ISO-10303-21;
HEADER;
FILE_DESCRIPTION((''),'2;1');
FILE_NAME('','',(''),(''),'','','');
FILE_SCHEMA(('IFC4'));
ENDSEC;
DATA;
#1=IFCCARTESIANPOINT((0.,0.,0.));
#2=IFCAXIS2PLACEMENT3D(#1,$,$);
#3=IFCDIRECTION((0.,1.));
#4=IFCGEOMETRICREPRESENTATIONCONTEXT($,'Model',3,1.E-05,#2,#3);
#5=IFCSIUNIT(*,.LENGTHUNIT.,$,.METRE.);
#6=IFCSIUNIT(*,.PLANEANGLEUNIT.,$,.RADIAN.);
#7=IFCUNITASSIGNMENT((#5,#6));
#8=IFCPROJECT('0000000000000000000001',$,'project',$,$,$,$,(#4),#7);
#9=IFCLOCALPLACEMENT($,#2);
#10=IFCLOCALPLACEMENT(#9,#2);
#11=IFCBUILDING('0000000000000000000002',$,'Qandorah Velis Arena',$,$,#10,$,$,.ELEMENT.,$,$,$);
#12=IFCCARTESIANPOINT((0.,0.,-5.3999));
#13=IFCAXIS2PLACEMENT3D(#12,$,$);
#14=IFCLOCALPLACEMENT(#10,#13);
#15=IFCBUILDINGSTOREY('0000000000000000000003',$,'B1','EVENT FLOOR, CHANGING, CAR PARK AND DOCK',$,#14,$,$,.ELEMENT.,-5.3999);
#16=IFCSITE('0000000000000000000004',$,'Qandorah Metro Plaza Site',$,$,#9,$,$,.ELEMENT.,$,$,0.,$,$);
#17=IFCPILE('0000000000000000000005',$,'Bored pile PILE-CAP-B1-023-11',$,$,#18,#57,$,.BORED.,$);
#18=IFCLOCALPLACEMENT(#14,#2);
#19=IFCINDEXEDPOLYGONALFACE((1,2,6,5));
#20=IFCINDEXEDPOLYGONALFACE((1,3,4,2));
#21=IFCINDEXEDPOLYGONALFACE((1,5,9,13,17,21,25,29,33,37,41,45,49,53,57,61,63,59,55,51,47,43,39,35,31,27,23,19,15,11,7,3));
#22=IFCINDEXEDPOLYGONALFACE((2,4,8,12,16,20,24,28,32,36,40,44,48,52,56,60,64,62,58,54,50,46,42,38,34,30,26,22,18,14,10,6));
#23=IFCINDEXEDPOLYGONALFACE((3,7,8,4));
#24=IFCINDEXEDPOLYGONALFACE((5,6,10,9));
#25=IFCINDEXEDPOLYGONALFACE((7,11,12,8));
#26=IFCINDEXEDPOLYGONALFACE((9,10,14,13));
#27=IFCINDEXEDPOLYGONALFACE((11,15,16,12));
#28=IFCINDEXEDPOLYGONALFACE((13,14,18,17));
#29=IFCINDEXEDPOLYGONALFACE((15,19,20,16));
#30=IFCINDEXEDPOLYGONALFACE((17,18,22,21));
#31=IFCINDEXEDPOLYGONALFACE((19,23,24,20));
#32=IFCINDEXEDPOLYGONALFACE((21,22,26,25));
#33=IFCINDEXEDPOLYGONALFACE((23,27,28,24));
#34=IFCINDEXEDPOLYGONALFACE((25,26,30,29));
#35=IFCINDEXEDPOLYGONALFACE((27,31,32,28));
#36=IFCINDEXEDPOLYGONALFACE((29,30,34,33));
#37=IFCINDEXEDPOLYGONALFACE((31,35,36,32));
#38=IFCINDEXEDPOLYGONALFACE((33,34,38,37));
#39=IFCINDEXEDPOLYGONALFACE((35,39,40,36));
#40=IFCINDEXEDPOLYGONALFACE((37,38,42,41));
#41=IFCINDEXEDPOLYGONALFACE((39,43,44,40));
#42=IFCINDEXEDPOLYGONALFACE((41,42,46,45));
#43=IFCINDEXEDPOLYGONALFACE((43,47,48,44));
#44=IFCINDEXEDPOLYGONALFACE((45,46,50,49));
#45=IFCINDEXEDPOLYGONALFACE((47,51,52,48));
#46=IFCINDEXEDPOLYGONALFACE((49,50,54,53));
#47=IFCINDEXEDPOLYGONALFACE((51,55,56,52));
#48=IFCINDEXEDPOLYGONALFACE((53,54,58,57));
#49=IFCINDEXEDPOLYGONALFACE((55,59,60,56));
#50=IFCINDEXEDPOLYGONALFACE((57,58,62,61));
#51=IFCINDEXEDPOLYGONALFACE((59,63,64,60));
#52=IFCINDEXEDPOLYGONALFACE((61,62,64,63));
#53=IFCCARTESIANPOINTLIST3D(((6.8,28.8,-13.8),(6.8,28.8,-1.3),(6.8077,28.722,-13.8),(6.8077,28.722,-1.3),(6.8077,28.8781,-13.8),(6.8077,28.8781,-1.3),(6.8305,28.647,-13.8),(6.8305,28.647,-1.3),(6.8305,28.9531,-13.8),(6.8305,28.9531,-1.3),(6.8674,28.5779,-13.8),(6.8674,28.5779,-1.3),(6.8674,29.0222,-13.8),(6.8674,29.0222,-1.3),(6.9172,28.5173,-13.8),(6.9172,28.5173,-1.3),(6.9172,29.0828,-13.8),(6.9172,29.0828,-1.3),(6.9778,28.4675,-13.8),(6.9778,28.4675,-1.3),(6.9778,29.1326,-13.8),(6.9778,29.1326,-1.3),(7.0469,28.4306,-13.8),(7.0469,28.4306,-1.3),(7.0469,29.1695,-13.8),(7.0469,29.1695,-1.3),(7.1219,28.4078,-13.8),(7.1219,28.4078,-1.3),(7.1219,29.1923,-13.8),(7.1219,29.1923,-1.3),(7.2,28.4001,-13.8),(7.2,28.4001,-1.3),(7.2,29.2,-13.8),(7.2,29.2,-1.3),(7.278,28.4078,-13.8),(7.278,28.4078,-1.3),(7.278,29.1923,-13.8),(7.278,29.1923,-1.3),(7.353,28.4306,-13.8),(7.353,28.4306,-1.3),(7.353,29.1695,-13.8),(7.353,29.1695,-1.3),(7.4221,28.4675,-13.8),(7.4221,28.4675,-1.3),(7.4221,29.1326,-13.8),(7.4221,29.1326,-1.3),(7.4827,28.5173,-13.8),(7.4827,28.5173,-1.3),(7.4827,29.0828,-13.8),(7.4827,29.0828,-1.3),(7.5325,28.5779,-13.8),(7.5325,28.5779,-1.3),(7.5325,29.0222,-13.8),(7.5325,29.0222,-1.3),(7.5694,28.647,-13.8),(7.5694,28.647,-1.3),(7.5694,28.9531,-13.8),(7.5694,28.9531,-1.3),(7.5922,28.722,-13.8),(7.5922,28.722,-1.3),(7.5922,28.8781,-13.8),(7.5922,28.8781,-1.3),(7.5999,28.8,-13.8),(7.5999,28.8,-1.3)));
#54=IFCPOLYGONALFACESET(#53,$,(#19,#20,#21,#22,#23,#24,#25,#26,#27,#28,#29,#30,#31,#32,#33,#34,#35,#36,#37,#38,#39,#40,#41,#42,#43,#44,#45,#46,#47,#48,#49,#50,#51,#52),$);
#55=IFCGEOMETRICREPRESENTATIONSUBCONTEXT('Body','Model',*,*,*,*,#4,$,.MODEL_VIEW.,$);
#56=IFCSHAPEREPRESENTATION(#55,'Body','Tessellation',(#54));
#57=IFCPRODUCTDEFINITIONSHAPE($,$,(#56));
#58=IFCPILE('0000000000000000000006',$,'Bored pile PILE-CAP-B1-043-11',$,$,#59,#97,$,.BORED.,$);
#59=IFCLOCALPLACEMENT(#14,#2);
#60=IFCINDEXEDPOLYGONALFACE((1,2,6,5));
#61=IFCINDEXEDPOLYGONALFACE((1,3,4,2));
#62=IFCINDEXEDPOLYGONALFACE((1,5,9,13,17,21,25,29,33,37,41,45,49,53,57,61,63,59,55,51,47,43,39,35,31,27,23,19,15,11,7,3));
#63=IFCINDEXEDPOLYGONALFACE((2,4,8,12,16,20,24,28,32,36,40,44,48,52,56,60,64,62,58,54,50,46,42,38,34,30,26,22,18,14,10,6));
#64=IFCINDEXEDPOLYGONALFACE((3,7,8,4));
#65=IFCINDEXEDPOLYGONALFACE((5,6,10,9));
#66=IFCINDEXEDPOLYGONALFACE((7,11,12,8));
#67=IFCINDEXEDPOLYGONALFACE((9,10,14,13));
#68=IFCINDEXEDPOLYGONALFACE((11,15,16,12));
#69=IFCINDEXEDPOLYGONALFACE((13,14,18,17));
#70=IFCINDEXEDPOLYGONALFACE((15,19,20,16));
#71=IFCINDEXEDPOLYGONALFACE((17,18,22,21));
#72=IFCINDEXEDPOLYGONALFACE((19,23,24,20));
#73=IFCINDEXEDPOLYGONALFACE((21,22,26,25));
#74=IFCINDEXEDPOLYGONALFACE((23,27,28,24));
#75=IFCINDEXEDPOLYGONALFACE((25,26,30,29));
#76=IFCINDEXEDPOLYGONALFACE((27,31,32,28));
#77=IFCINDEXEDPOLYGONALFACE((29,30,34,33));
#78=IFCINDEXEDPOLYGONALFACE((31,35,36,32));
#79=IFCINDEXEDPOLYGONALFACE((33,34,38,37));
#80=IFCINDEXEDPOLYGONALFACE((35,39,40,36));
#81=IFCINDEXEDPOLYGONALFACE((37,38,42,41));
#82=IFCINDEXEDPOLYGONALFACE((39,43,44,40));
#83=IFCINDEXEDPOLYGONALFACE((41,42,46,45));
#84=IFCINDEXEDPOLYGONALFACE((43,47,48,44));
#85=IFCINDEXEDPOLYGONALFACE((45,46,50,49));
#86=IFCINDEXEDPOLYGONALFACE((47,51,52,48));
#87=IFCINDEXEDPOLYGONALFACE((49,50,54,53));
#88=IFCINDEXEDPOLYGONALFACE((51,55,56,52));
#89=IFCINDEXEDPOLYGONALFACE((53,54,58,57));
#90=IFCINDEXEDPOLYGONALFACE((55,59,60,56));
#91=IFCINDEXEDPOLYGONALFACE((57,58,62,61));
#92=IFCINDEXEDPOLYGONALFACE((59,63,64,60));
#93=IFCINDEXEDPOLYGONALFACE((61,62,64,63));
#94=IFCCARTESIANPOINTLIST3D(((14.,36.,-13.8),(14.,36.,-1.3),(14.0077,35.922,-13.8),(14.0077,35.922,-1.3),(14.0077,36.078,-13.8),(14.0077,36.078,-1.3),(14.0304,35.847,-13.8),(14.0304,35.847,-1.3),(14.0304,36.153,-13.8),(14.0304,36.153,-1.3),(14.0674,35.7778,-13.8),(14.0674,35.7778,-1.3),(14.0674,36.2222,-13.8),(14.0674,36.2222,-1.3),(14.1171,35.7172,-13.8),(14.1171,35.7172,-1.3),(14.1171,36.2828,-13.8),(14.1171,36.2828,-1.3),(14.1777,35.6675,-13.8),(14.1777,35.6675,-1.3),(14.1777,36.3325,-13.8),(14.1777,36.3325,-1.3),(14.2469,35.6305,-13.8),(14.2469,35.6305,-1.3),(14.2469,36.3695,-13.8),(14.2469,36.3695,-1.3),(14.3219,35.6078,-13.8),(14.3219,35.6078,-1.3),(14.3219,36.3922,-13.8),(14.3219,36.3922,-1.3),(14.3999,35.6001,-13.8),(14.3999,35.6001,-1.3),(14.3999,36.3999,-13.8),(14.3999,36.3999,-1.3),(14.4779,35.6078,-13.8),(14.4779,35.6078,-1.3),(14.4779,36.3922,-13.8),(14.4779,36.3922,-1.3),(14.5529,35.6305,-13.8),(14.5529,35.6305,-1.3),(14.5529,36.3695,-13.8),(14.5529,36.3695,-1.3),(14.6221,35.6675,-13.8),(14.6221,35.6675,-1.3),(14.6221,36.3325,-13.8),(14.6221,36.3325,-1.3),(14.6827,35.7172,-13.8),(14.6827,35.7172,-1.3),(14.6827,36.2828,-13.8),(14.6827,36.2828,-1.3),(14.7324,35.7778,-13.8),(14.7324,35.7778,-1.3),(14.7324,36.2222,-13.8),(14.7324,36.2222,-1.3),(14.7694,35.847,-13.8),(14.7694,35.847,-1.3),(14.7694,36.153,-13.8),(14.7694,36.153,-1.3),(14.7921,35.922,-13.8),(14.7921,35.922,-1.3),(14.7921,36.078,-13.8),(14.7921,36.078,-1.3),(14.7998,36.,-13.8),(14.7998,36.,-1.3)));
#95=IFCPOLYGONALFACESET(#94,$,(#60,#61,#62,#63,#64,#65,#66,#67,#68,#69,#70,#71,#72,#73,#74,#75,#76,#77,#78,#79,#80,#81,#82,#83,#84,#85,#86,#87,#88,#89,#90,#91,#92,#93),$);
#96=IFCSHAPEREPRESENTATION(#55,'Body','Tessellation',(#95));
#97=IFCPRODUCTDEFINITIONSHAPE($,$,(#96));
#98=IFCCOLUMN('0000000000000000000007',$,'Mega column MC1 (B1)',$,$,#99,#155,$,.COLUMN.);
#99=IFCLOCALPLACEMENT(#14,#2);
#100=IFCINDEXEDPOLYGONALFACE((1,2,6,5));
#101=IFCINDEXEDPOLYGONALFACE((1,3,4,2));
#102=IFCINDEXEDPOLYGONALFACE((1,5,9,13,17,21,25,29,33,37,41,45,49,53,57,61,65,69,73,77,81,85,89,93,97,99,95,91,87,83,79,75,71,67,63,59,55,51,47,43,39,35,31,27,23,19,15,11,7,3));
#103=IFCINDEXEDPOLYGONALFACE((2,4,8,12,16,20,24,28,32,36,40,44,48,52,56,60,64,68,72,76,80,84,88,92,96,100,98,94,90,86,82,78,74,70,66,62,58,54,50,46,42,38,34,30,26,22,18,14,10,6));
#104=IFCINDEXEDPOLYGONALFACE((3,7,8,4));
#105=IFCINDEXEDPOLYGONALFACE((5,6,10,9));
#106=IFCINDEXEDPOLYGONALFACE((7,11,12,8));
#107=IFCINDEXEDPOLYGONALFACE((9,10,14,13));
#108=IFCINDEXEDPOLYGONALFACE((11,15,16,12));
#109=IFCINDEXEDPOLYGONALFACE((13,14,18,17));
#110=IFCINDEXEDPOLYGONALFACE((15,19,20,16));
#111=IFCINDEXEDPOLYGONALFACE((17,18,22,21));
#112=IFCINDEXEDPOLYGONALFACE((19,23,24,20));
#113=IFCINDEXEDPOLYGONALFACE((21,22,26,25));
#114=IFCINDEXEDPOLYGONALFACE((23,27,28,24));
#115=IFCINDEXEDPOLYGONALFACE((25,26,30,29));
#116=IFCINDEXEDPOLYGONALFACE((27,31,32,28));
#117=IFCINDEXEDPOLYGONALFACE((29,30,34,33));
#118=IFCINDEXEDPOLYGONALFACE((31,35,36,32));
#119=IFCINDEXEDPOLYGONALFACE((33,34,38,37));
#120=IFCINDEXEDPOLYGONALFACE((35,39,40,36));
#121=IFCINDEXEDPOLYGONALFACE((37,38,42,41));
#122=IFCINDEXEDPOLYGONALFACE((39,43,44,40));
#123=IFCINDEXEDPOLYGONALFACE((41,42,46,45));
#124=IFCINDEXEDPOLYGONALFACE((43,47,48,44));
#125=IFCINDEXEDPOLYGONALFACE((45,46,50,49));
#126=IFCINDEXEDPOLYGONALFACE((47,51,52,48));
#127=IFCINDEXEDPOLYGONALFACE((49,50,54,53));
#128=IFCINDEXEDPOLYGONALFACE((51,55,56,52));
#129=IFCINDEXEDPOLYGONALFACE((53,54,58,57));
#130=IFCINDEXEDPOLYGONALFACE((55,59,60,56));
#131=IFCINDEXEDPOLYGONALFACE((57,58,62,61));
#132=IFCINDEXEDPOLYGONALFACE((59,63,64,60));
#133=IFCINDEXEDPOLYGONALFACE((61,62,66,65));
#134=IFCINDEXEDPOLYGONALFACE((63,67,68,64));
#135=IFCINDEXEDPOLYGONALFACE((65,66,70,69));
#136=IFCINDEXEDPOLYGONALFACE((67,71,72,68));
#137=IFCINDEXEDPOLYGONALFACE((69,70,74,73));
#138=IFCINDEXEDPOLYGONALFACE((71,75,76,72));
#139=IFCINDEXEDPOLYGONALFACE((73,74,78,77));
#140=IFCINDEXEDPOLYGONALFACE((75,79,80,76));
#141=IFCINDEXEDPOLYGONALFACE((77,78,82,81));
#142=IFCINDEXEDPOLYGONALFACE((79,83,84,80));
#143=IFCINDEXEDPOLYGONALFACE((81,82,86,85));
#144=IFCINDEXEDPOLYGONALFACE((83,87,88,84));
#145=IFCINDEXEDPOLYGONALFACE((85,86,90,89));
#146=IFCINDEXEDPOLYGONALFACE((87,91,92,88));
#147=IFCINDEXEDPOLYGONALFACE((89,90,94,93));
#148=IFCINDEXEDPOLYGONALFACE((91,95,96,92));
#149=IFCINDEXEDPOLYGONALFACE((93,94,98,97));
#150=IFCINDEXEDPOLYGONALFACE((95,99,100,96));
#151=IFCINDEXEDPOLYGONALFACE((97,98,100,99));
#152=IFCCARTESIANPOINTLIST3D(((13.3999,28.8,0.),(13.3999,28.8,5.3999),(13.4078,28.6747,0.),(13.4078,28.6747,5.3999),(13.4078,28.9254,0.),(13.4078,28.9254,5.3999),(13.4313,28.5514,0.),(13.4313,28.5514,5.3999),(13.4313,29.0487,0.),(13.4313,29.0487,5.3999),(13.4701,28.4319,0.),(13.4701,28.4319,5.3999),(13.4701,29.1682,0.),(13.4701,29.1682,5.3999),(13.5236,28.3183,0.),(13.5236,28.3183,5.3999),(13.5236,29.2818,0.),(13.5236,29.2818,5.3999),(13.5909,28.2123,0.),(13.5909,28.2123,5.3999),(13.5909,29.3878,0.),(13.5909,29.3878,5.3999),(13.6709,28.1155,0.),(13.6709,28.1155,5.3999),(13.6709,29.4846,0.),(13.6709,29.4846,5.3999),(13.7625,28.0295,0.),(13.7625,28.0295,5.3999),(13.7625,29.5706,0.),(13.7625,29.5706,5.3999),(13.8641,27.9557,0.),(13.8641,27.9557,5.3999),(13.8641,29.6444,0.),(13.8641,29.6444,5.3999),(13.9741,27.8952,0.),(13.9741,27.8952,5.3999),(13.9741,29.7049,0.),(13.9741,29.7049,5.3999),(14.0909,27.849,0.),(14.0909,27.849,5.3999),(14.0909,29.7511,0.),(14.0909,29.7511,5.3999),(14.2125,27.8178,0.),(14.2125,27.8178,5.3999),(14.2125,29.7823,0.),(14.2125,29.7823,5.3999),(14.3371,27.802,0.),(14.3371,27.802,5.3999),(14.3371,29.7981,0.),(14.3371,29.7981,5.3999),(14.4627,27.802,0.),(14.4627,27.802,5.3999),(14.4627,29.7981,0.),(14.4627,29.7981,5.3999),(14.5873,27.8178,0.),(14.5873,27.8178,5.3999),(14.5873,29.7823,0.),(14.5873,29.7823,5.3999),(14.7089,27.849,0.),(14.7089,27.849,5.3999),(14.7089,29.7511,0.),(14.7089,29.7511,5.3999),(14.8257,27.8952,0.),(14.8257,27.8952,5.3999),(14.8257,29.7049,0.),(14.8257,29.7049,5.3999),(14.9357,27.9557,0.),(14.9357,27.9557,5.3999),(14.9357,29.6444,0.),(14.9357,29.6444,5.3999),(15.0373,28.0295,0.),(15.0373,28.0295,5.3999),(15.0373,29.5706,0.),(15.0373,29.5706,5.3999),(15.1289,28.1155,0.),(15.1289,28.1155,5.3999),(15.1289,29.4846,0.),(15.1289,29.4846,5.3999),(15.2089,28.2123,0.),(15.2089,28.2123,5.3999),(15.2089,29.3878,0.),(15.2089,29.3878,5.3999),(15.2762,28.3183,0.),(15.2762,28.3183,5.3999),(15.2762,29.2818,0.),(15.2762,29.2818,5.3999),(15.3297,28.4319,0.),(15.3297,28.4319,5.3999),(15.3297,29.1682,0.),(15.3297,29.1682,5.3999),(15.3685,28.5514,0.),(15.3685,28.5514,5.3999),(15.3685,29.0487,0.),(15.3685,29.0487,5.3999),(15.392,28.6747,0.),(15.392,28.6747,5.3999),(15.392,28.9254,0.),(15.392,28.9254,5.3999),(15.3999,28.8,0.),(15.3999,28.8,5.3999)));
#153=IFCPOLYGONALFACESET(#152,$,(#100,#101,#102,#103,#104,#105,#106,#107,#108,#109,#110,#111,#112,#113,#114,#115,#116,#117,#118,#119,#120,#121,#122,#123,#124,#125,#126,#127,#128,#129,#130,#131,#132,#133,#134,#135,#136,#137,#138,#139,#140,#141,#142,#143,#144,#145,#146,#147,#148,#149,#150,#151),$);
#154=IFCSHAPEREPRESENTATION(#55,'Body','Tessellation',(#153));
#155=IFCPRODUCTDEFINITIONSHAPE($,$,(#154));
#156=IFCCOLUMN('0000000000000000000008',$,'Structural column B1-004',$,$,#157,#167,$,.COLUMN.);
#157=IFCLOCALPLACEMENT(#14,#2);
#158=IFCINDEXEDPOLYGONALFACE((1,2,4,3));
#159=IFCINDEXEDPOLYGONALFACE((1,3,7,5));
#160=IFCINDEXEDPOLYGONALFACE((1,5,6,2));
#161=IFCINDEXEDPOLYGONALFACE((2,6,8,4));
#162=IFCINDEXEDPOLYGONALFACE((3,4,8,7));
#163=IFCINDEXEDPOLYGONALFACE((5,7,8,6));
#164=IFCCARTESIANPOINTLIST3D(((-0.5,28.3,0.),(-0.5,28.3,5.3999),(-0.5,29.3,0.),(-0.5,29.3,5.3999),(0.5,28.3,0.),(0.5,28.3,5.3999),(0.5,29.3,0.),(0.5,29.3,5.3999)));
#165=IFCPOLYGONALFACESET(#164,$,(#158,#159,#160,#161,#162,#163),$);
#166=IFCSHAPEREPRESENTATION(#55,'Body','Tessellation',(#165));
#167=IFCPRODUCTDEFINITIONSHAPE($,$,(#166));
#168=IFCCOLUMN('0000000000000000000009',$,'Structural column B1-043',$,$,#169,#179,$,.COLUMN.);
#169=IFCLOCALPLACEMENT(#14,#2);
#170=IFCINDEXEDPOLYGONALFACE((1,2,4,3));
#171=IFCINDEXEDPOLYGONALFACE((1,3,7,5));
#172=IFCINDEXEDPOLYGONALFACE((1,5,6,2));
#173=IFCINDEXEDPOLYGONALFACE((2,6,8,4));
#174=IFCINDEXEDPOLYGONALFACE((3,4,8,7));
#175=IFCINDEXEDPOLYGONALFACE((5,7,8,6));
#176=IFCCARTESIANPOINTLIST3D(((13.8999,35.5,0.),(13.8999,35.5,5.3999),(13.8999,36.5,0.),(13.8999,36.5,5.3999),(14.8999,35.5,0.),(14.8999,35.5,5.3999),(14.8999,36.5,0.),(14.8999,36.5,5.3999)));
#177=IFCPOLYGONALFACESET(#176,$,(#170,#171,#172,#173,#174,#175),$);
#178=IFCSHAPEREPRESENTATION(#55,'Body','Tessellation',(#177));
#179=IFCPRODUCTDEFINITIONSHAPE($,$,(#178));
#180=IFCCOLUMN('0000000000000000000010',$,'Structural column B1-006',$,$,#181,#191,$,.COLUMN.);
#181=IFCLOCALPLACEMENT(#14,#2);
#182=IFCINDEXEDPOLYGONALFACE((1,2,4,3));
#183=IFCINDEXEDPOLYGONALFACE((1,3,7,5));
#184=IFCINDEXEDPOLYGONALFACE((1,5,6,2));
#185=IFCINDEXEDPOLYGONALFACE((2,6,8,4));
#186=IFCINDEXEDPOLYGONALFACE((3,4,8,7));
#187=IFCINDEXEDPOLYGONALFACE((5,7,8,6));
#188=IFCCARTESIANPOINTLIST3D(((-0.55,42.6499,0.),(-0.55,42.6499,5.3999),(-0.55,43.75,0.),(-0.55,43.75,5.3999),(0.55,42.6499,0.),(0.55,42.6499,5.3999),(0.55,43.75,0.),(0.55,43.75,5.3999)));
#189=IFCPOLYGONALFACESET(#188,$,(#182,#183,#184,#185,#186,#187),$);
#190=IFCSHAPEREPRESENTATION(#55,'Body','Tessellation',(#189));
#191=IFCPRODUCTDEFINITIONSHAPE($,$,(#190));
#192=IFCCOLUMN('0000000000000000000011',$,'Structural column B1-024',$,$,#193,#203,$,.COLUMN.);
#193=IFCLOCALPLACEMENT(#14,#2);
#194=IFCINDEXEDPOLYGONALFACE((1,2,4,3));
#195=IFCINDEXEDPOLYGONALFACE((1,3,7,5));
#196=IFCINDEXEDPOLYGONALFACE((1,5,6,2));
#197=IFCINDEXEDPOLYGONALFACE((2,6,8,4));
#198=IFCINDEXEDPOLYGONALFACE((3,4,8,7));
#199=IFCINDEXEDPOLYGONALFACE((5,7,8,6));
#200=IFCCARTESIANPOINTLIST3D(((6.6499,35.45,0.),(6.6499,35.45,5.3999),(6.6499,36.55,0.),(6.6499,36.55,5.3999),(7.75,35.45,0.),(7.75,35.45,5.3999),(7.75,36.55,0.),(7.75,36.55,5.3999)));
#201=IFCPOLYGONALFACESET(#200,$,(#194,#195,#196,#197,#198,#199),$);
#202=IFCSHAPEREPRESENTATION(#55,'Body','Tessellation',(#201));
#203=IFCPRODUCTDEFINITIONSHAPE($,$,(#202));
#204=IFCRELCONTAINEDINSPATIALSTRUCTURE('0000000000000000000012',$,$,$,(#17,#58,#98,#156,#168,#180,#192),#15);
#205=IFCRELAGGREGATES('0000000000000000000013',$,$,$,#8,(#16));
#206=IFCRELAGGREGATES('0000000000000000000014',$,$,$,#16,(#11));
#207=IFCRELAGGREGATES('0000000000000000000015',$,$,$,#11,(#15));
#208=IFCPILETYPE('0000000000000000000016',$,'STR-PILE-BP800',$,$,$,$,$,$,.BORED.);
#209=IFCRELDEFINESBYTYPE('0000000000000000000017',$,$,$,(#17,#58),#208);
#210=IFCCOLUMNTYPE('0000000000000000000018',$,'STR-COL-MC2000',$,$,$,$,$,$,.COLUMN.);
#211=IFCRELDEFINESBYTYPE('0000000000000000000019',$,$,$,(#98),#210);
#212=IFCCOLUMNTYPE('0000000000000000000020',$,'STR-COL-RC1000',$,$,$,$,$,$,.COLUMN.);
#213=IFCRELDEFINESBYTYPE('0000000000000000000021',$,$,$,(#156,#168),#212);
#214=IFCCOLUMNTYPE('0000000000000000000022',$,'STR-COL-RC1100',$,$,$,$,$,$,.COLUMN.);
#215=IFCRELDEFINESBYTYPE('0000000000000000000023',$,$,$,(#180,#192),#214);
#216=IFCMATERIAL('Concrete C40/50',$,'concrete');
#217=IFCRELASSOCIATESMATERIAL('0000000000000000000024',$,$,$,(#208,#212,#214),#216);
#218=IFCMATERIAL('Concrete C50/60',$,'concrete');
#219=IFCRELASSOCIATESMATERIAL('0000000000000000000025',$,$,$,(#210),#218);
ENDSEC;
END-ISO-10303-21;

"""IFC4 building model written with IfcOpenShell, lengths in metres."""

from ifc_helpers import new_model, si_unit, direction, frame, origin, origin_2d, place, context, subcontext, project, spatial, rectangle, circle, extrude, material, material_profile, profile_set, type_object, element, save


model = new_model("IFC4")

# Units and contexts
model_context = context("Model", 3, precision=1e-05, world=origin(), true_north=direction((0.0, 1.0)))
body_context = subcontext(model_context, "Body", "Model", "MODEL_VIEW")
ifc_project = project(units=[si_unit("LENGTHUNIT", "METRE"), si_unit("PLANEANGLEUNIT", "RADIAN")], contexts=[model_context])

# Site, building, storey
site_placement = place(None, origin())
site = spatial("IfcSite", under=ifc_project, at=site_placement, Name="Qandorah Metro Plaza Site", CompositionType="ELEMENT", RefElevation=0.0)
building_placement = place(site_placement, origin())
building = spatial("IfcBuilding", under=site, at=building_placement, Name="Qandorah Velis Arena", CompositionType="ELEMENT")
storey_placement = place(building_placement, frame((0.0, 0.0, -5.3999)))
storey = spatial("IfcBuildingStorey", under=building, at=storey_placement, Name="B1", Description="EVENT FLOOR, CHANGING, CAR PARK AND DOCK", CompositionType="ELEMENT", Elevation=-5.3999)

# Shared definitions
ifc_material_1 = material(Name="Concrete C40/50", Category="concrete")

# Piles
ifc_material_profile_1 = material_profile(ifc_material_1, circle(Radius=0.3999, at=origin_2d()), Name="BORED PILE D800")
ifc_profile_set_1 = profile_set([ifc_material_profile_1], Name="Concrete C40/50")
pile_type_1 = type_object("IfcPileType", Name="STR-PILE-BP800", PredefinedType="BORED", material=ifc_profile_set_1)
for number, where, z_axis, x_axis, name in (
    (1, (7.2, 28.8, -1.3), (0.0, 0.0, -1.0), (1.0, 0.0, 0.0), "Bored pile PILE-CAP-B1-023-11"),
    (2, (14.3999, 36.0, -1.3), (0.0, 0.0, -1.0), (1.0, 0.0, 0.0), "Bored pile PILE-CAP-B1-043-11"),
):
    element("IfcPile", number, at=place(storey_placement, frame(where, z_axis=z_axis, x_axis=x_axis)), inside=storey, type_object=pile_type_1, Name=name, PredefinedType="BORED", context=body_context, shape_type="SweptSolid", body=[
        extrude(circle(Radius=0.3999, at=origin_2d()), origin(), (0.0, 0.0, 1.0), 12.5),
    ])

# Columns
ifc_material_2 = material(Name="Concrete C50/60", Category="concrete")
ifc_material_profile_2 = material_profile(ifc_material_2, circle(Radius=1.0, at=origin_2d()), Name="MC D2000")
ifc_profile_set_2 = profile_set([ifc_material_profile_2], Name="Concrete C50/60")
column_type_1 = type_object("IfcColumnType", Name="STR-COL-MC2000", PredefinedType="COLUMN", material=ifc_profile_set_2)
column_1_placement = place(storey_placement, frame((14.3999, 28.8, 0.0), z_axis=(0.0, 0.0, 1.0), x_axis=(1.0, 0.0, 0.0)))
element("IfcColumn", 3, at=column_1_placement, inside=storey, type_object=column_type_1, Name="Mega column MC1 (B1)", PredefinedType="COLUMN", context=body_context, shape_type="SweptSolid", body=[
    extrude(circle(Radius=1.0, at=origin_2d()), origin(), (0.0, 0.0, 1.0), 5.3999),
])
ifc_material_profile_3 = material_profile(ifc_material_1, rectangle(XDim=1.0, YDim=1.0, at=origin_2d()), Name="RC COL 1000x1000")
ifc_profile_set_3 = profile_set([ifc_material_profile_3], Name="Concrete C40/50")
column_type_2 = type_object("IfcColumnType", Name="STR-COL-RC1000", PredefinedType="COLUMN", material=ifc_profile_set_3)
for number, where, z_axis, x_axis, name in (
    (4, (0.0, 28.8, 0.0), (0.0, 0.0, 1.0), (1.0, 0.0, 0.0), "Structural column B1-004"),
    (5, (14.3999, 36.0, 0.0), (0.0, 0.0, 1.0), (1.0, 0.0, 0.0), "Structural column B1-043"),
):
    element("IfcColumn", number, at=place(storey_placement, frame(where, z_axis=z_axis, x_axis=x_axis)), inside=storey, type_object=column_type_2, Name=name, PredefinedType="COLUMN", context=body_context, shape_type="SweptSolid", body=[
        extrude(rectangle(XDim=1.0, YDim=1.0, at=origin_2d()), origin(), (0.0, 0.0, 1.0), 5.3999),
    ])
ifc_material_profile_4 = material_profile(ifc_material_1, rectangle(XDim=1.1001, YDim=1.1001, at=origin_2d()), Name="RC COL 1100x1100")
ifc_profile_set_4 = profile_set([ifc_material_profile_4], Name="Concrete C40/50")
column_type_3 = type_object("IfcColumnType", Name="STR-COL-RC1100", PredefinedType="COLUMN", material=ifc_profile_set_4)
for number, where, z_axis, x_axis, name in (
    (6, (0.0, 43.2, 0.0), (0.0, 0.0, 1.0), (1.0, 0.0, 0.0), "Structural column B1-006"),
    (7, (7.2, 36.0, 0.0), (0.0, 0.0, 1.0), (1.0, 0.0, 0.0), "Structural column B1-024"),
):
    element("IfcColumn", number, at=place(storey_placement, frame(where, z_axis=z_axis, x_axis=x_axis)), inside=storey, type_object=column_type_3, Name=name, PredefinedType="COLUMN", context=body_context, shape_type="SweptSolid", body=[
        extrude(rectangle(XDim=1.1001, YDim=1.1001, at=origin_2d()), origin(), (0.0, 0.0, 1.0), 5.3999),
    ])

save(model, "model.ifc")
